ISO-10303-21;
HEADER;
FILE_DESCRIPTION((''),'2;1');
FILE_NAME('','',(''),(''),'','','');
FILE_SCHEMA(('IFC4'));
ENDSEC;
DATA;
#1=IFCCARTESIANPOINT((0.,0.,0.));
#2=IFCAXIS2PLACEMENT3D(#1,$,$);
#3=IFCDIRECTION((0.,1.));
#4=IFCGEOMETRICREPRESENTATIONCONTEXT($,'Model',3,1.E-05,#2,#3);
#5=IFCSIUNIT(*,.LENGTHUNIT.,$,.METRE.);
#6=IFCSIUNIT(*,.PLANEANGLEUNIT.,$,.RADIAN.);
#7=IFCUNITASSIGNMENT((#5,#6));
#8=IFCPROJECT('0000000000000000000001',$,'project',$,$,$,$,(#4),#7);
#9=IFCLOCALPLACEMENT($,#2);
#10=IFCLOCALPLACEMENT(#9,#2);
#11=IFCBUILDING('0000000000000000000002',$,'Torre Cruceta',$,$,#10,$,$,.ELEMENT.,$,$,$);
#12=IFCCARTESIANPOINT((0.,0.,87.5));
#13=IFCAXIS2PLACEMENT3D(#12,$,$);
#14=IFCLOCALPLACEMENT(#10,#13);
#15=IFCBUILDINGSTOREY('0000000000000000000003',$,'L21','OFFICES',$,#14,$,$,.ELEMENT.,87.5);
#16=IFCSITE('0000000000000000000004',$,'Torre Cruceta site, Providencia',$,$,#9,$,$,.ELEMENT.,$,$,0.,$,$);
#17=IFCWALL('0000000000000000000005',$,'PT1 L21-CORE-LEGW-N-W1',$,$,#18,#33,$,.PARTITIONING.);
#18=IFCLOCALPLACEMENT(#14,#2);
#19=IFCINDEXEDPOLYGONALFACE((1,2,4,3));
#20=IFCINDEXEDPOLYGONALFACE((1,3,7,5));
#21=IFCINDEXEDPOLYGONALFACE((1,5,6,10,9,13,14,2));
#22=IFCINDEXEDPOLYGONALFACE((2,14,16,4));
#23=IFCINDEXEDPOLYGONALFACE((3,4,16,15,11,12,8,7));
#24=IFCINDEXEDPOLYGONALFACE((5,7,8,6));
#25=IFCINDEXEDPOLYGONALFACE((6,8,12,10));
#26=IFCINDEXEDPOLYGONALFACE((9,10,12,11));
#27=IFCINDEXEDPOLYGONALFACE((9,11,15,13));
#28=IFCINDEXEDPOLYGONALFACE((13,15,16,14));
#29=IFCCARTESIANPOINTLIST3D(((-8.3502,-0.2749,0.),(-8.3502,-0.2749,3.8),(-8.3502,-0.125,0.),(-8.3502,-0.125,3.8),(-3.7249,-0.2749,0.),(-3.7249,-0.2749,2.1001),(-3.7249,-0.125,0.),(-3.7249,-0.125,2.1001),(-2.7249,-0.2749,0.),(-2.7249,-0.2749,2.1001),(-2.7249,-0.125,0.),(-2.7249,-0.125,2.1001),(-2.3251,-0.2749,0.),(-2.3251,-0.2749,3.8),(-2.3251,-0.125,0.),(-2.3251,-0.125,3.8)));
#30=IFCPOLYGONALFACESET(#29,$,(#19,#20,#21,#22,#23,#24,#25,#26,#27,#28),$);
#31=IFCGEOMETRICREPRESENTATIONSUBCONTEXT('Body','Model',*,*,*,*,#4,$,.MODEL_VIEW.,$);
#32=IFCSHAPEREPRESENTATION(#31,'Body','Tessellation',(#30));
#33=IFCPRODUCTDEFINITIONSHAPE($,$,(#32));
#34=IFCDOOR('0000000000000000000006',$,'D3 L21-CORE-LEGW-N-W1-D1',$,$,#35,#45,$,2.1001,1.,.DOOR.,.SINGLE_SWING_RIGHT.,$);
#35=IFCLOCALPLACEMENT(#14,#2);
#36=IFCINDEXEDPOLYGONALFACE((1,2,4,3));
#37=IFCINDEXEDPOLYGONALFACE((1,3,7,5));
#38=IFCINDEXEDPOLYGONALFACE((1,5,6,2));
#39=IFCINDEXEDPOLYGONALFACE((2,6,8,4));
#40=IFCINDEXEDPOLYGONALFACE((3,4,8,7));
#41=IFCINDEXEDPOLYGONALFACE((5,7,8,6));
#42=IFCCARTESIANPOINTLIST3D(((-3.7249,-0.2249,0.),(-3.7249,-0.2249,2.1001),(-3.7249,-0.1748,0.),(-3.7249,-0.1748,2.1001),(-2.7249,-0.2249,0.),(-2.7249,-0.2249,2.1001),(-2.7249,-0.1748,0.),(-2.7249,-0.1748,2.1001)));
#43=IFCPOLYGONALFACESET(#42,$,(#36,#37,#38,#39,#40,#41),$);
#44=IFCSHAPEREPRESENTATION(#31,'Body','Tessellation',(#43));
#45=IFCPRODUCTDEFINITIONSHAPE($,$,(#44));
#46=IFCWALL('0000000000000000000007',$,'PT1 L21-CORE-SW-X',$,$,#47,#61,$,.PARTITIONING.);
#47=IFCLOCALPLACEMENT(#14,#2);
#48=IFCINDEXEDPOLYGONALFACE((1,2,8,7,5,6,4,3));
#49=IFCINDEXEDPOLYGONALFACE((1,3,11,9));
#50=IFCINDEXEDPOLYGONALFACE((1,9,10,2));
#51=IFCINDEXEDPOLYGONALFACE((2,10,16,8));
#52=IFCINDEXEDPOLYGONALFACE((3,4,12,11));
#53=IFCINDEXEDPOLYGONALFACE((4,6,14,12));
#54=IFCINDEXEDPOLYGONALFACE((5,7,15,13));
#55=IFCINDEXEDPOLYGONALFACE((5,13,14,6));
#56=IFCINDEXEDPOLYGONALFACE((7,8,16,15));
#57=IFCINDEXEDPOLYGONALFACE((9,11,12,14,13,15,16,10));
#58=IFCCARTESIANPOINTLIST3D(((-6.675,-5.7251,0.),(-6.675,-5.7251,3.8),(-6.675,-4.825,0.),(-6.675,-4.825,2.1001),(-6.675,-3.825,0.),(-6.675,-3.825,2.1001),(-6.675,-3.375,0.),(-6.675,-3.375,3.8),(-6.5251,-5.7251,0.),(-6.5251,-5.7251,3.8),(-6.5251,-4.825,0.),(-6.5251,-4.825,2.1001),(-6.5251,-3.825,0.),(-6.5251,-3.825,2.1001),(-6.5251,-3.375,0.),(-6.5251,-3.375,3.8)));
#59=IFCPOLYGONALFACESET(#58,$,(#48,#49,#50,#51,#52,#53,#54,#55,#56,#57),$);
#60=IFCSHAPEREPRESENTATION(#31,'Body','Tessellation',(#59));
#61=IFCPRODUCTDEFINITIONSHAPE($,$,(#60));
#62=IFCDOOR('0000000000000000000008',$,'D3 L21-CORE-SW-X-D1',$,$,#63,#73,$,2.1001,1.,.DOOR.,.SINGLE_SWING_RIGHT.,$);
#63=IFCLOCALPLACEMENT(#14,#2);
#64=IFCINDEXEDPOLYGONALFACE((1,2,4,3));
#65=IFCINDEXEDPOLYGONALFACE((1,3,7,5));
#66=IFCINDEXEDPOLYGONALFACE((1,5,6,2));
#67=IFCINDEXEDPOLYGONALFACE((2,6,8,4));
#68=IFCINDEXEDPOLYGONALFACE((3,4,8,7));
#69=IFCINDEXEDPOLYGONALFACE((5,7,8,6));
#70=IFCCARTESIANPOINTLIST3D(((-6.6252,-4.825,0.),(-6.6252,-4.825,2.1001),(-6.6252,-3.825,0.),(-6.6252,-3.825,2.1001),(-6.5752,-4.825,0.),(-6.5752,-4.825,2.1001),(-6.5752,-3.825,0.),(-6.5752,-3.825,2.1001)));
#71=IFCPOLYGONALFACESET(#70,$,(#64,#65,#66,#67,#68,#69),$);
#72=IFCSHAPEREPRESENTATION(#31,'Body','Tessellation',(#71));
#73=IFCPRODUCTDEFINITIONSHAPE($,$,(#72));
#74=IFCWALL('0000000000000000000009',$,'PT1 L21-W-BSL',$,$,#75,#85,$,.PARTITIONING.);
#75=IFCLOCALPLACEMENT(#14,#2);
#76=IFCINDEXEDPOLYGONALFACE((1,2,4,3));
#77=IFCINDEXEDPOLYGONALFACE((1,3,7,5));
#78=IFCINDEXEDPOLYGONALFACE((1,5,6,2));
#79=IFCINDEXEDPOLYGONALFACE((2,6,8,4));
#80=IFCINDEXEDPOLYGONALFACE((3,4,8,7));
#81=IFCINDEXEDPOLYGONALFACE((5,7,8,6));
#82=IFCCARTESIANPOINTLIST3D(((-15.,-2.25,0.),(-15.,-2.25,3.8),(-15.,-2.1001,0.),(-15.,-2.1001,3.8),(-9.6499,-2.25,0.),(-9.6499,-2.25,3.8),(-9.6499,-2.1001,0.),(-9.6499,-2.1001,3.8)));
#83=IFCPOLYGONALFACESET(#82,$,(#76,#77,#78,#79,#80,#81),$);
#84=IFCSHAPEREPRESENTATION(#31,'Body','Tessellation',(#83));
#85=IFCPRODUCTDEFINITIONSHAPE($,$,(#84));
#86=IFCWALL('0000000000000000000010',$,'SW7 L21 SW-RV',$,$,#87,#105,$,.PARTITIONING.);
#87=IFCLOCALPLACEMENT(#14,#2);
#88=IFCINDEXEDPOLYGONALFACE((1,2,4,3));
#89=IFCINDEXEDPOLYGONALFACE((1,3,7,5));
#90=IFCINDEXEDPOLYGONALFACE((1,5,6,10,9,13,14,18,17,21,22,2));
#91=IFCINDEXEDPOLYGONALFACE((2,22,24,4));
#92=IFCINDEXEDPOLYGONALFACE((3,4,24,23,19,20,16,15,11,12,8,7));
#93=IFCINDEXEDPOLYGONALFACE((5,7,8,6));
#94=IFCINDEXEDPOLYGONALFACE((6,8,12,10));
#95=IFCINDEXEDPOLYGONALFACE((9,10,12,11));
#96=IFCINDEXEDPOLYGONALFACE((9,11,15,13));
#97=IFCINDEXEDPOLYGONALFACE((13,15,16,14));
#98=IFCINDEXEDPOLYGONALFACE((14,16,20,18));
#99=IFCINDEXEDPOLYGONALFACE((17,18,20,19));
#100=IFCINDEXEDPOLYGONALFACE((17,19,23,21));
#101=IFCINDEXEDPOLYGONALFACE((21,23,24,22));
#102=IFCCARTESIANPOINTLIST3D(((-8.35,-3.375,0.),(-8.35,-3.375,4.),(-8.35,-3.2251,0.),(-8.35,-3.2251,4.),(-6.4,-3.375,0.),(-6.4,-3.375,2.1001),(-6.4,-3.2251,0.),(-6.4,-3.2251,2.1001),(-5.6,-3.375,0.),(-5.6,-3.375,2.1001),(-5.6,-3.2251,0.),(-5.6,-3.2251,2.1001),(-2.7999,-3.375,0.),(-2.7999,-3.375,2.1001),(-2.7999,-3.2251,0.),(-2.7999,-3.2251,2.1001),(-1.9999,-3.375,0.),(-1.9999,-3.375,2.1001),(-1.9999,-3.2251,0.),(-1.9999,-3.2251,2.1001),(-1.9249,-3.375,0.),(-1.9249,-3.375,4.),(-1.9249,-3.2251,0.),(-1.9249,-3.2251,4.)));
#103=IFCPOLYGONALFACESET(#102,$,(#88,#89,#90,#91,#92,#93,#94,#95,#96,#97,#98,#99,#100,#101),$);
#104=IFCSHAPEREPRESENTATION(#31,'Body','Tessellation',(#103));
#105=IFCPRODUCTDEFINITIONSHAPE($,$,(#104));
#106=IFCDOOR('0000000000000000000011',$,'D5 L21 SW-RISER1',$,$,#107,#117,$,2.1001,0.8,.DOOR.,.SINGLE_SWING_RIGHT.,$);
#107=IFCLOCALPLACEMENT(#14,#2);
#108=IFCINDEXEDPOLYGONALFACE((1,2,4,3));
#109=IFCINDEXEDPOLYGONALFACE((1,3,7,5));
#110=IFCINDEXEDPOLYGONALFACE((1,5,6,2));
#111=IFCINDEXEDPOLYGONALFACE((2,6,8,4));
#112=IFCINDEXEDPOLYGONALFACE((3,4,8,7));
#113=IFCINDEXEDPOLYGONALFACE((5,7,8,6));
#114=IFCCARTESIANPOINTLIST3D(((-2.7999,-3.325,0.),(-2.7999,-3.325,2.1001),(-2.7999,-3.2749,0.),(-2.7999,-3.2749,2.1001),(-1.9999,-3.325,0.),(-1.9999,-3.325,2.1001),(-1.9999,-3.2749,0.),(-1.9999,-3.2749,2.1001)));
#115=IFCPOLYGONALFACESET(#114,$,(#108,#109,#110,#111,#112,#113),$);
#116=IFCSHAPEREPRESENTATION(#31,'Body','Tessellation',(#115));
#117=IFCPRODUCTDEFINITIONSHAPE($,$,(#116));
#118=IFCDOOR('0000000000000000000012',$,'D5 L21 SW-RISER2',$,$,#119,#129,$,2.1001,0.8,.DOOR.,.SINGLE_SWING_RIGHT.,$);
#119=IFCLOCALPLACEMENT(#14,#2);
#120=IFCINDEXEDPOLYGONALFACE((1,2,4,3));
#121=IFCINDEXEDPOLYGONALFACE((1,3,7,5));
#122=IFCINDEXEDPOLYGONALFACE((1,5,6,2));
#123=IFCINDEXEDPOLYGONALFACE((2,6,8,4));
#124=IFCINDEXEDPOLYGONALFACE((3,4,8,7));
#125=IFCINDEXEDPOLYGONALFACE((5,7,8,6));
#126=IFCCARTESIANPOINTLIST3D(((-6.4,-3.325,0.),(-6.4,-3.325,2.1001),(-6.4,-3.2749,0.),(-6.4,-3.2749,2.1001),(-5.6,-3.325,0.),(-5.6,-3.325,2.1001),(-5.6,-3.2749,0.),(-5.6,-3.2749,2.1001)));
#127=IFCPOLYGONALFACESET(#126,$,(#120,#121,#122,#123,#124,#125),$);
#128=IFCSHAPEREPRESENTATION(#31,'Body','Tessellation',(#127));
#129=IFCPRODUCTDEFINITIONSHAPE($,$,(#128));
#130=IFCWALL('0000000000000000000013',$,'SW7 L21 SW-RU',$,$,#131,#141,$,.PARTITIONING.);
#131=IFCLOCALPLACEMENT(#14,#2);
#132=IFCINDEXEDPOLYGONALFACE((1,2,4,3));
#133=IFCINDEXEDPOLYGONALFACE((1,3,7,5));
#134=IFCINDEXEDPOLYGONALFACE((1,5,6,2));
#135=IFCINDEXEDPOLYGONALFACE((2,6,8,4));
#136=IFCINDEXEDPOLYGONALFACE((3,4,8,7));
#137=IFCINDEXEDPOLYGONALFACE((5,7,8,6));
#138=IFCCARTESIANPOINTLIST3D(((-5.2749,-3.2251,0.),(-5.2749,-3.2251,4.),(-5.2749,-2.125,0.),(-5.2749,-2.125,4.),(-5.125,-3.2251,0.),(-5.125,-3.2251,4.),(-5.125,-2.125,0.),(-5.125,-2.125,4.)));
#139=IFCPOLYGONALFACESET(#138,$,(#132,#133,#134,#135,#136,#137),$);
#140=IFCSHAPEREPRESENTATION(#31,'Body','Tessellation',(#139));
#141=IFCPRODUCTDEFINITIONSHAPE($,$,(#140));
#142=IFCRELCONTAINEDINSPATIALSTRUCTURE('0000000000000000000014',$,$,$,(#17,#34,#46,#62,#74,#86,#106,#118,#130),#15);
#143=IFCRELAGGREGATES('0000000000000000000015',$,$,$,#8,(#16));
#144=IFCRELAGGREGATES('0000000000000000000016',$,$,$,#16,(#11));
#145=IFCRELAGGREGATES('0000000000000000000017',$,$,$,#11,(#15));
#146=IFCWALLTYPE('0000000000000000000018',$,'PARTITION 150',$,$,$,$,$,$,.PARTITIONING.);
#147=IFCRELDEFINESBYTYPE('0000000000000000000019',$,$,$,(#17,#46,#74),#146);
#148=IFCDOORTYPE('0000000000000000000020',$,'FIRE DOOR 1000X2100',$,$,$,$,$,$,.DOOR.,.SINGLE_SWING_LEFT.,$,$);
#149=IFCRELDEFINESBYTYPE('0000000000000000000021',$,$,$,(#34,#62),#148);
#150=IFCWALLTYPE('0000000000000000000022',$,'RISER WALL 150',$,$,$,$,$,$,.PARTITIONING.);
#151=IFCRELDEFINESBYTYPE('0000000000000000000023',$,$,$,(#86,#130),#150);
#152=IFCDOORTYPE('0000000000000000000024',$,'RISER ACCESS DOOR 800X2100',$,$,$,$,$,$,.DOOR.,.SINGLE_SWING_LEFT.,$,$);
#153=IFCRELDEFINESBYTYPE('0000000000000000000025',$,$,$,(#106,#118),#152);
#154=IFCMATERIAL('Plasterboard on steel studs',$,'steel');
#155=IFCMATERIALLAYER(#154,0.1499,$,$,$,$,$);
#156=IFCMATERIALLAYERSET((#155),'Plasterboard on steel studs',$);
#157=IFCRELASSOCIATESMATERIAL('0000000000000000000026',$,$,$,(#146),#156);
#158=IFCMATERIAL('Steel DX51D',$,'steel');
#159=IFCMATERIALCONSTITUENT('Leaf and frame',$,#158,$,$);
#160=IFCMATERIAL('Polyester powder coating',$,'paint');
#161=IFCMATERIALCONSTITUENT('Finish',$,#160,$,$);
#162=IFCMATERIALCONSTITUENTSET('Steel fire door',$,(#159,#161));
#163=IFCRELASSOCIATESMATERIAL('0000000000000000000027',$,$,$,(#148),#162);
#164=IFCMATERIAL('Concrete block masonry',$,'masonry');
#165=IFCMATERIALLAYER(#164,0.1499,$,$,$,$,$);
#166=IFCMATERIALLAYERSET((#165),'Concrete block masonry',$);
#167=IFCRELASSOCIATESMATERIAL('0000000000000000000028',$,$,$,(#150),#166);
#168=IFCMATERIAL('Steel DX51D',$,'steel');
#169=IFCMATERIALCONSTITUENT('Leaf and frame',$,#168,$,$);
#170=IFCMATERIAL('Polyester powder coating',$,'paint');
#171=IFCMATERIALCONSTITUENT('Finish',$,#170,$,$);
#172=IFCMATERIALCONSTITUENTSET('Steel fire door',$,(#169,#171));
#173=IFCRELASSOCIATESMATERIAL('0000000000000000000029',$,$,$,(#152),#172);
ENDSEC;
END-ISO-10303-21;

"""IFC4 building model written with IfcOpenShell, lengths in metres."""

from ifc_helpers import new_model, si_unit, direction, frame, frame_2d, origin, place, context, subcontext, project, spatial, rectangle, extrude, material, layer, layer_set, constituent, constituent_set, type_object, element, fill, save


model = new_model("IFC4")

# Units and contexts
model_context = context("Model", 3, precision=1e-05, world=origin(), true_north=direction((0.0, 1.0)))
body_context = subcontext(model_context, "Body", "Model", "MODEL_VIEW")
ifc_project = project(units=[si_unit("LENGTHUNIT", "METRE"), si_unit("PLANEANGLEUNIT", "RADIAN")], contexts=[model_context])

# Site, building, storey
site_placement = place(None, origin())
site = spatial("IfcSite", under=ifc_project, at=site_placement, Name="Torre Cruceta site, Providencia", CompositionType="ELEMENT", RefElevation=0.0)
building_placement = place(site_placement, origin())
building = spatial("IfcBuilding", under=site, at=building_placement, Name="Torre Cruceta", CompositionType="ELEMENT")
storey_placement = place(building_placement, frame((0.0, 0.0, 87.5)))
storey = spatial("IfcBuildingStorey", under=building, at=storey_placement, Name="L21", Description="OFFICES", CompositionType="ELEMENT", Elevation=87.5)

# Walls, openings, doors
ifc_material_1 = material(Name="Plasterboard on steel studs", Category="steel")
ifc_layer_1 = layer(ifc_material_1, 0.1499)
ifc_layer_set_1 = layer_set([ifc_layer_1], Name="Plasterboard on steel studs")
wall_type_1 = type_object("IfcWallType", Name="PARTITION 150", PredefinedType="PARTITIONING", material=ifc_layer_set_1)
wall_1_placement = place(storey_placement, frame((-2.325, -0.2, 0.0), z_axis=(0.0, 0.0, 1.0), x_axis=(-1.0, 0.0, 0.0)))
wall_1 = element("IfcWall", 1, at=wall_1_placement, inside=storey, type_object=wall_type_1, Name="PT1 L21-CORE-LEGW-N-W1", PredefinedType="PARTITIONING", context=body_context, shape_type="SweptSolid", body=[
    extrude(rectangle(XDim=6.0251, YDim=0.1499, at=frame_2d((3.0127, 0.0))), origin(), (0.0, 0.0, 1.0), 3.8),
])
opening_1_placement = place(wall_1_placement, frame((0.3999, 0.0, 0.0)))
opening_1 = element("IfcOpeningElement", 2, at=opening_1_placement, cuts=wall_1, PredefinedType="OPENING", context=body_context, shape_type="SweptSolid", body=[
    extrude(rectangle(XDim=1.0, YDim=2.1001, at=frame_2d((0.5, 1.05))), frame((0.0, 0.085, 0.0), z_axis=(0.0, -1.0, 0.0), x_axis=(1.0, 0.0, 0.0)), (0.0, 0.0, 1.0), 0.1699),
])
ifc_material_2 = material(Name="Steel DX51D", Category="steel")
ifc_constituent_1 = constituent(ifc_material_2, Name="Leaf and frame")
ifc_material_3 = material(Name="Polyester powder coating", Category="paint")
ifc_constituent_2 = constituent(ifc_material_3, Name="Finish")
ifc_constituent_set_1 = constituent_set(constituents=[ifc_constituent_1, ifc_constituent_2], Name="Steel fire door")
door_type_1 = type_object("IfcDoorType", Name="FIRE DOOR 1000X2100", OperationType="SINGLE_SWING_LEFT", PredefinedType="DOOR", material=ifc_constituent_set_1)
door_1_placement = place(opening_1_placement, frame((1.0, 0.0, 0.0), z_axis=(0.0, 0.0, 1.0), x_axis=(-1.0, 0.0, 0.0)))
door_1 = element("IfcDoor", 3, at=door_1_placement, inside=storey, type_object=door_type_1, Name="D3 L21-CORE-LEGW-N-W1-D1", OperationType="SINGLE_SWING_RIGHT", OverallHeight=2.1001, OverallWidth=1.0, PredefinedType="DOOR", context=body_context, shape_type="SweptSolid", body=[
    extrude(rectangle(XDim=1.0, YDim=2.1001, at=frame_2d((0.5, 1.05))), frame((0.0, 0.0251, 0.0), z_axis=(0.0, -1.0, 0.0), x_axis=(1.0, 0.0, 0.0)), (0.0, 0.0, 1.0), 0.05),
])
fill(opening_1, door_1)
wall_2_placement = place(storey_placement, frame((-6.6001, -3.375, 0.0), z_axis=(0.0, 0.0, 1.0), x_axis=(0.0, -1.0, 0.0)))
wall_2 = element("IfcWall", 4, at=wall_2_placement, inside=storey, type_object=wall_type_1, Name="PT1 L21-CORE-SW-X", PredefinedType="PARTITIONING", context=body_context, shape_type="SweptSolid", body=[
    extrude(rectangle(XDim=2.3501, YDim=0.1499, at=frame_2d((1.175, 0.0))), origin(), (0.0, 0.0, 1.0), 3.8),
])
opening_2_placement = place(wall_2_placement, frame((0.45, 0.0, 0.0)))
opening_2 = element("IfcOpeningElement", 5, at=opening_2_placement, cuts=wall_2, PredefinedType="OPENING", context=body_context, shape_type="SweptSolid", body=[
    extrude(rectangle(XDim=1.0, YDim=2.1001, at=frame_2d((0.5, 1.05))), frame((0.0, 0.085, 0.0), z_axis=(0.0, -1.0, 0.0), x_axis=(1.0, 0.0, 0.0)), (0.0, 0.0, 1.0), 0.1699),
])
door_2_placement = place(opening_2_placement, frame((1.0, 0.0, 0.0), z_axis=(0.0, 0.0, 1.0), x_axis=(-1.0, 0.0, 0.0)))
door_2 = element("IfcDoor", 6, at=door_2_placement, inside=storey, type_object=door_type_1, Name="D3 L21-CORE-SW-X-D1", OperationType="SINGLE_SWING_RIGHT", OverallHeight=2.1001, OverallWidth=1.0, PredefinedType="DOOR", context=body_context, shape_type="SweptSolid", body=[
    extrude(rectangle(XDim=1.0, YDim=2.1001, at=frame_2d((0.5, 1.05))), frame((0.0, 0.0251, 0.0), z_axis=(0.0, -1.0, 0.0), x_axis=(1.0, 0.0, 0.0)), (0.0, 0.0, 1.0), 0.05),
])
fill(opening_2, door_2)

# Wall
wall_3_placement = place(storey_placement, frame((-9.6499, -2.175, 0.0), z_axis=(0.0, 0.0, 1.0), x_axis=(-1.0, 0.0, 0.0)))
element("IfcWall", 7, at=wall_3_placement, inside=storey, type_object=wall_type_1, Name="PT1 L21-W-BSL", PredefinedType="PARTITIONING", context=body_context, shape_type="SweptSolid", body=[
    extrude(rectangle(XDim=5.3501, YDim=0.1499, at=frame_2d((2.675, 0.0))), origin(), (0.0, 0.0, 1.0), 3.8),
])

# Wall, openings, doors
ifc_material_4 = material(Name="Concrete block masonry", Category="masonry")
ifc_layer_2 = layer(ifc_material_4, 0.1499)
ifc_layer_set_2 = layer_set([ifc_layer_2], Name="Concrete block masonry")
wall_type_2 = type_object("IfcWallType", Name="RISER WALL 150", PredefinedType="PARTITIONING", material=ifc_layer_set_2)
wall_4_placement = place(storey_placement, frame((-1.925, -3.3, 0.0), z_axis=(0.0, 0.0, 1.0), x_axis=(-1.0, 0.0, 0.0)))
wall_4 = element("IfcWall", 8, at=wall_4_placement, inside=storey, type_object=wall_type_2, Name="SW7 L21 SW-RV", PredefinedType="PARTITIONING", context=body_context, shape_type="SweptSolid", body=[
    extrude(rectangle(XDim=6.425, YDim=0.1499, at=frame_2d((3.2124, 0.0))), origin(), (0.0, 0.0, 1.0), 4.0),
])
opening_3_placement = place(wall_4_placement, frame((0.075, 0.0, 0.0)))
opening_3 = element("IfcOpeningElement", 9, at=opening_3_placement, cuts=wall_4, PredefinedType="OPENING", context=body_context, shape_type="SweptSolid", body=[
    extrude(rectangle(XDim=0.8, YDim=2.1001, at=frame_2d((0.3999, 1.05))), frame((0.0, 0.085, 0.0), z_axis=(0.0, -1.0, 0.0), x_axis=(1.0, 0.0, 0.0)), (0.0, 0.0, 1.0), 0.1699),
])
opening_4_placement = place(wall_4_placement, frame((3.675, 0.0, 0.0)))
opening_4 = element("IfcOpeningElement", 10, at=opening_4_placement, cuts=wall_4, PredefinedType="OPENING", context=body_context, shape_type="SweptSolid", body=[
    extrude(rectangle(XDim=0.8, YDim=2.1001, at=frame_2d((0.3999, 1.05))), frame((0.0, 0.085, 0.0), z_axis=(0.0, -1.0, 0.0), x_axis=(1.0, 0.0, 0.0)), (0.0, 0.0, 1.0), 0.1699),
])
ifc_material_5 = material(Name="Steel DX51D", Category="steel")
ifc_constituent_3 = constituent(ifc_material_5, Name="Leaf and frame")
ifc_material_6 = material(Name="Polyester powder coating", Category="paint")
ifc_constituent_4 = constituent(ifc_material_6, Name="Finish")
ifc_constituent_set_2 = constituent_set(constituents=[ifc_constituent_3, ifc_constituent_4], Name="Steel fire door")
door_type_2 = type_object("IfcDoorType", Name="RISER ACCESS DOOR 800X2100", OperationType="SINGLE_SWING_LEFT", PredefinedType="DOOR", material=ifc_constituent_set_2)
door_3_placement = place(opening_3_placement, frame((0.8, 0.0, 0.0), z_axis=(0.0, 0.0, 1.0), x_axis=(-1.0, 0.0, 0.0)))
door_3 = element("IfcDoor", 11, at=door_3_placement, inside=storey, type_object=door_type_2, Name="D5 L21 SW-RISER1", OperationType="SINGLE_SWING_RIGHT", OverallHeight=2.1001, OverallWidth=0.8, PredefinedType="DOOR", context=body_context, shape_type="SweptSolid", body=[
    extrude(rectangle(XDim=0.8, YDim=2.1001, at=frame_2d((0.4001, 1.05))), frame((0.0, 0.0251, 0.0), z_axis=(0.0, -1.0, 0.0), x_axis=(1.0, 0.0, 0.0)), (0.0, 0.0, 1.0), 0.05),
])
fill(opening_3, door_3)
door_4_placement = place(opening_4_placement, frame((0.8, 0.0, 0.0), z_axis=(0.0, 0.0, 1.0), x_axis=(-1.0, 0.0, 0.0)))
door_4 = element("IfcDoor", 12, at=door_4_placement, inside=storey, type_object=door_type_2, Name="D5 L21 SW-RISER2", OperationType="SINGLE_SWING_RIGHT", OverallHeight=2.1001, OverallWidth=0.8, PredefinedType="DOOR", context=body_context, shape_type="SweptSolid", body=[
    extrude(rectangle(XDim=0.8, YDim=2.1001, at=frame_2d((0.4001, 1.05))), frame((0.0, 0.0251, 0.0), z_axis=(0.0, -1.0, 0.0), x_axis=(1.0, 0.0, 0.0)), (0.0, 0.0, 1.0), 0.05),
])
fill(opening_4, door_4)

# Wall
wall_5_placement = place(storey_placement, frame((-5.2, -2.125, 0.0), z_axis=(0.0, 0.0, 1.0), x_axis=(0.0, -1.0, 0.0)))
element("IfcWall", 13, at=wall_5_placement, inside=storey, type_object=wall_type_2, Name="SW7 L21 SW-RU", PredefinedType="PARTITIONING", context=body_context, shape_type="SweptSolid", body=[
    extrude(rectangle(XDim=1.1001, YDim=0.1499, at=frame_2d((0.55, 0.0))), origin(), (0.0, 0.0, 1.0), 4.0),
])

save(model, "model.ifc")
